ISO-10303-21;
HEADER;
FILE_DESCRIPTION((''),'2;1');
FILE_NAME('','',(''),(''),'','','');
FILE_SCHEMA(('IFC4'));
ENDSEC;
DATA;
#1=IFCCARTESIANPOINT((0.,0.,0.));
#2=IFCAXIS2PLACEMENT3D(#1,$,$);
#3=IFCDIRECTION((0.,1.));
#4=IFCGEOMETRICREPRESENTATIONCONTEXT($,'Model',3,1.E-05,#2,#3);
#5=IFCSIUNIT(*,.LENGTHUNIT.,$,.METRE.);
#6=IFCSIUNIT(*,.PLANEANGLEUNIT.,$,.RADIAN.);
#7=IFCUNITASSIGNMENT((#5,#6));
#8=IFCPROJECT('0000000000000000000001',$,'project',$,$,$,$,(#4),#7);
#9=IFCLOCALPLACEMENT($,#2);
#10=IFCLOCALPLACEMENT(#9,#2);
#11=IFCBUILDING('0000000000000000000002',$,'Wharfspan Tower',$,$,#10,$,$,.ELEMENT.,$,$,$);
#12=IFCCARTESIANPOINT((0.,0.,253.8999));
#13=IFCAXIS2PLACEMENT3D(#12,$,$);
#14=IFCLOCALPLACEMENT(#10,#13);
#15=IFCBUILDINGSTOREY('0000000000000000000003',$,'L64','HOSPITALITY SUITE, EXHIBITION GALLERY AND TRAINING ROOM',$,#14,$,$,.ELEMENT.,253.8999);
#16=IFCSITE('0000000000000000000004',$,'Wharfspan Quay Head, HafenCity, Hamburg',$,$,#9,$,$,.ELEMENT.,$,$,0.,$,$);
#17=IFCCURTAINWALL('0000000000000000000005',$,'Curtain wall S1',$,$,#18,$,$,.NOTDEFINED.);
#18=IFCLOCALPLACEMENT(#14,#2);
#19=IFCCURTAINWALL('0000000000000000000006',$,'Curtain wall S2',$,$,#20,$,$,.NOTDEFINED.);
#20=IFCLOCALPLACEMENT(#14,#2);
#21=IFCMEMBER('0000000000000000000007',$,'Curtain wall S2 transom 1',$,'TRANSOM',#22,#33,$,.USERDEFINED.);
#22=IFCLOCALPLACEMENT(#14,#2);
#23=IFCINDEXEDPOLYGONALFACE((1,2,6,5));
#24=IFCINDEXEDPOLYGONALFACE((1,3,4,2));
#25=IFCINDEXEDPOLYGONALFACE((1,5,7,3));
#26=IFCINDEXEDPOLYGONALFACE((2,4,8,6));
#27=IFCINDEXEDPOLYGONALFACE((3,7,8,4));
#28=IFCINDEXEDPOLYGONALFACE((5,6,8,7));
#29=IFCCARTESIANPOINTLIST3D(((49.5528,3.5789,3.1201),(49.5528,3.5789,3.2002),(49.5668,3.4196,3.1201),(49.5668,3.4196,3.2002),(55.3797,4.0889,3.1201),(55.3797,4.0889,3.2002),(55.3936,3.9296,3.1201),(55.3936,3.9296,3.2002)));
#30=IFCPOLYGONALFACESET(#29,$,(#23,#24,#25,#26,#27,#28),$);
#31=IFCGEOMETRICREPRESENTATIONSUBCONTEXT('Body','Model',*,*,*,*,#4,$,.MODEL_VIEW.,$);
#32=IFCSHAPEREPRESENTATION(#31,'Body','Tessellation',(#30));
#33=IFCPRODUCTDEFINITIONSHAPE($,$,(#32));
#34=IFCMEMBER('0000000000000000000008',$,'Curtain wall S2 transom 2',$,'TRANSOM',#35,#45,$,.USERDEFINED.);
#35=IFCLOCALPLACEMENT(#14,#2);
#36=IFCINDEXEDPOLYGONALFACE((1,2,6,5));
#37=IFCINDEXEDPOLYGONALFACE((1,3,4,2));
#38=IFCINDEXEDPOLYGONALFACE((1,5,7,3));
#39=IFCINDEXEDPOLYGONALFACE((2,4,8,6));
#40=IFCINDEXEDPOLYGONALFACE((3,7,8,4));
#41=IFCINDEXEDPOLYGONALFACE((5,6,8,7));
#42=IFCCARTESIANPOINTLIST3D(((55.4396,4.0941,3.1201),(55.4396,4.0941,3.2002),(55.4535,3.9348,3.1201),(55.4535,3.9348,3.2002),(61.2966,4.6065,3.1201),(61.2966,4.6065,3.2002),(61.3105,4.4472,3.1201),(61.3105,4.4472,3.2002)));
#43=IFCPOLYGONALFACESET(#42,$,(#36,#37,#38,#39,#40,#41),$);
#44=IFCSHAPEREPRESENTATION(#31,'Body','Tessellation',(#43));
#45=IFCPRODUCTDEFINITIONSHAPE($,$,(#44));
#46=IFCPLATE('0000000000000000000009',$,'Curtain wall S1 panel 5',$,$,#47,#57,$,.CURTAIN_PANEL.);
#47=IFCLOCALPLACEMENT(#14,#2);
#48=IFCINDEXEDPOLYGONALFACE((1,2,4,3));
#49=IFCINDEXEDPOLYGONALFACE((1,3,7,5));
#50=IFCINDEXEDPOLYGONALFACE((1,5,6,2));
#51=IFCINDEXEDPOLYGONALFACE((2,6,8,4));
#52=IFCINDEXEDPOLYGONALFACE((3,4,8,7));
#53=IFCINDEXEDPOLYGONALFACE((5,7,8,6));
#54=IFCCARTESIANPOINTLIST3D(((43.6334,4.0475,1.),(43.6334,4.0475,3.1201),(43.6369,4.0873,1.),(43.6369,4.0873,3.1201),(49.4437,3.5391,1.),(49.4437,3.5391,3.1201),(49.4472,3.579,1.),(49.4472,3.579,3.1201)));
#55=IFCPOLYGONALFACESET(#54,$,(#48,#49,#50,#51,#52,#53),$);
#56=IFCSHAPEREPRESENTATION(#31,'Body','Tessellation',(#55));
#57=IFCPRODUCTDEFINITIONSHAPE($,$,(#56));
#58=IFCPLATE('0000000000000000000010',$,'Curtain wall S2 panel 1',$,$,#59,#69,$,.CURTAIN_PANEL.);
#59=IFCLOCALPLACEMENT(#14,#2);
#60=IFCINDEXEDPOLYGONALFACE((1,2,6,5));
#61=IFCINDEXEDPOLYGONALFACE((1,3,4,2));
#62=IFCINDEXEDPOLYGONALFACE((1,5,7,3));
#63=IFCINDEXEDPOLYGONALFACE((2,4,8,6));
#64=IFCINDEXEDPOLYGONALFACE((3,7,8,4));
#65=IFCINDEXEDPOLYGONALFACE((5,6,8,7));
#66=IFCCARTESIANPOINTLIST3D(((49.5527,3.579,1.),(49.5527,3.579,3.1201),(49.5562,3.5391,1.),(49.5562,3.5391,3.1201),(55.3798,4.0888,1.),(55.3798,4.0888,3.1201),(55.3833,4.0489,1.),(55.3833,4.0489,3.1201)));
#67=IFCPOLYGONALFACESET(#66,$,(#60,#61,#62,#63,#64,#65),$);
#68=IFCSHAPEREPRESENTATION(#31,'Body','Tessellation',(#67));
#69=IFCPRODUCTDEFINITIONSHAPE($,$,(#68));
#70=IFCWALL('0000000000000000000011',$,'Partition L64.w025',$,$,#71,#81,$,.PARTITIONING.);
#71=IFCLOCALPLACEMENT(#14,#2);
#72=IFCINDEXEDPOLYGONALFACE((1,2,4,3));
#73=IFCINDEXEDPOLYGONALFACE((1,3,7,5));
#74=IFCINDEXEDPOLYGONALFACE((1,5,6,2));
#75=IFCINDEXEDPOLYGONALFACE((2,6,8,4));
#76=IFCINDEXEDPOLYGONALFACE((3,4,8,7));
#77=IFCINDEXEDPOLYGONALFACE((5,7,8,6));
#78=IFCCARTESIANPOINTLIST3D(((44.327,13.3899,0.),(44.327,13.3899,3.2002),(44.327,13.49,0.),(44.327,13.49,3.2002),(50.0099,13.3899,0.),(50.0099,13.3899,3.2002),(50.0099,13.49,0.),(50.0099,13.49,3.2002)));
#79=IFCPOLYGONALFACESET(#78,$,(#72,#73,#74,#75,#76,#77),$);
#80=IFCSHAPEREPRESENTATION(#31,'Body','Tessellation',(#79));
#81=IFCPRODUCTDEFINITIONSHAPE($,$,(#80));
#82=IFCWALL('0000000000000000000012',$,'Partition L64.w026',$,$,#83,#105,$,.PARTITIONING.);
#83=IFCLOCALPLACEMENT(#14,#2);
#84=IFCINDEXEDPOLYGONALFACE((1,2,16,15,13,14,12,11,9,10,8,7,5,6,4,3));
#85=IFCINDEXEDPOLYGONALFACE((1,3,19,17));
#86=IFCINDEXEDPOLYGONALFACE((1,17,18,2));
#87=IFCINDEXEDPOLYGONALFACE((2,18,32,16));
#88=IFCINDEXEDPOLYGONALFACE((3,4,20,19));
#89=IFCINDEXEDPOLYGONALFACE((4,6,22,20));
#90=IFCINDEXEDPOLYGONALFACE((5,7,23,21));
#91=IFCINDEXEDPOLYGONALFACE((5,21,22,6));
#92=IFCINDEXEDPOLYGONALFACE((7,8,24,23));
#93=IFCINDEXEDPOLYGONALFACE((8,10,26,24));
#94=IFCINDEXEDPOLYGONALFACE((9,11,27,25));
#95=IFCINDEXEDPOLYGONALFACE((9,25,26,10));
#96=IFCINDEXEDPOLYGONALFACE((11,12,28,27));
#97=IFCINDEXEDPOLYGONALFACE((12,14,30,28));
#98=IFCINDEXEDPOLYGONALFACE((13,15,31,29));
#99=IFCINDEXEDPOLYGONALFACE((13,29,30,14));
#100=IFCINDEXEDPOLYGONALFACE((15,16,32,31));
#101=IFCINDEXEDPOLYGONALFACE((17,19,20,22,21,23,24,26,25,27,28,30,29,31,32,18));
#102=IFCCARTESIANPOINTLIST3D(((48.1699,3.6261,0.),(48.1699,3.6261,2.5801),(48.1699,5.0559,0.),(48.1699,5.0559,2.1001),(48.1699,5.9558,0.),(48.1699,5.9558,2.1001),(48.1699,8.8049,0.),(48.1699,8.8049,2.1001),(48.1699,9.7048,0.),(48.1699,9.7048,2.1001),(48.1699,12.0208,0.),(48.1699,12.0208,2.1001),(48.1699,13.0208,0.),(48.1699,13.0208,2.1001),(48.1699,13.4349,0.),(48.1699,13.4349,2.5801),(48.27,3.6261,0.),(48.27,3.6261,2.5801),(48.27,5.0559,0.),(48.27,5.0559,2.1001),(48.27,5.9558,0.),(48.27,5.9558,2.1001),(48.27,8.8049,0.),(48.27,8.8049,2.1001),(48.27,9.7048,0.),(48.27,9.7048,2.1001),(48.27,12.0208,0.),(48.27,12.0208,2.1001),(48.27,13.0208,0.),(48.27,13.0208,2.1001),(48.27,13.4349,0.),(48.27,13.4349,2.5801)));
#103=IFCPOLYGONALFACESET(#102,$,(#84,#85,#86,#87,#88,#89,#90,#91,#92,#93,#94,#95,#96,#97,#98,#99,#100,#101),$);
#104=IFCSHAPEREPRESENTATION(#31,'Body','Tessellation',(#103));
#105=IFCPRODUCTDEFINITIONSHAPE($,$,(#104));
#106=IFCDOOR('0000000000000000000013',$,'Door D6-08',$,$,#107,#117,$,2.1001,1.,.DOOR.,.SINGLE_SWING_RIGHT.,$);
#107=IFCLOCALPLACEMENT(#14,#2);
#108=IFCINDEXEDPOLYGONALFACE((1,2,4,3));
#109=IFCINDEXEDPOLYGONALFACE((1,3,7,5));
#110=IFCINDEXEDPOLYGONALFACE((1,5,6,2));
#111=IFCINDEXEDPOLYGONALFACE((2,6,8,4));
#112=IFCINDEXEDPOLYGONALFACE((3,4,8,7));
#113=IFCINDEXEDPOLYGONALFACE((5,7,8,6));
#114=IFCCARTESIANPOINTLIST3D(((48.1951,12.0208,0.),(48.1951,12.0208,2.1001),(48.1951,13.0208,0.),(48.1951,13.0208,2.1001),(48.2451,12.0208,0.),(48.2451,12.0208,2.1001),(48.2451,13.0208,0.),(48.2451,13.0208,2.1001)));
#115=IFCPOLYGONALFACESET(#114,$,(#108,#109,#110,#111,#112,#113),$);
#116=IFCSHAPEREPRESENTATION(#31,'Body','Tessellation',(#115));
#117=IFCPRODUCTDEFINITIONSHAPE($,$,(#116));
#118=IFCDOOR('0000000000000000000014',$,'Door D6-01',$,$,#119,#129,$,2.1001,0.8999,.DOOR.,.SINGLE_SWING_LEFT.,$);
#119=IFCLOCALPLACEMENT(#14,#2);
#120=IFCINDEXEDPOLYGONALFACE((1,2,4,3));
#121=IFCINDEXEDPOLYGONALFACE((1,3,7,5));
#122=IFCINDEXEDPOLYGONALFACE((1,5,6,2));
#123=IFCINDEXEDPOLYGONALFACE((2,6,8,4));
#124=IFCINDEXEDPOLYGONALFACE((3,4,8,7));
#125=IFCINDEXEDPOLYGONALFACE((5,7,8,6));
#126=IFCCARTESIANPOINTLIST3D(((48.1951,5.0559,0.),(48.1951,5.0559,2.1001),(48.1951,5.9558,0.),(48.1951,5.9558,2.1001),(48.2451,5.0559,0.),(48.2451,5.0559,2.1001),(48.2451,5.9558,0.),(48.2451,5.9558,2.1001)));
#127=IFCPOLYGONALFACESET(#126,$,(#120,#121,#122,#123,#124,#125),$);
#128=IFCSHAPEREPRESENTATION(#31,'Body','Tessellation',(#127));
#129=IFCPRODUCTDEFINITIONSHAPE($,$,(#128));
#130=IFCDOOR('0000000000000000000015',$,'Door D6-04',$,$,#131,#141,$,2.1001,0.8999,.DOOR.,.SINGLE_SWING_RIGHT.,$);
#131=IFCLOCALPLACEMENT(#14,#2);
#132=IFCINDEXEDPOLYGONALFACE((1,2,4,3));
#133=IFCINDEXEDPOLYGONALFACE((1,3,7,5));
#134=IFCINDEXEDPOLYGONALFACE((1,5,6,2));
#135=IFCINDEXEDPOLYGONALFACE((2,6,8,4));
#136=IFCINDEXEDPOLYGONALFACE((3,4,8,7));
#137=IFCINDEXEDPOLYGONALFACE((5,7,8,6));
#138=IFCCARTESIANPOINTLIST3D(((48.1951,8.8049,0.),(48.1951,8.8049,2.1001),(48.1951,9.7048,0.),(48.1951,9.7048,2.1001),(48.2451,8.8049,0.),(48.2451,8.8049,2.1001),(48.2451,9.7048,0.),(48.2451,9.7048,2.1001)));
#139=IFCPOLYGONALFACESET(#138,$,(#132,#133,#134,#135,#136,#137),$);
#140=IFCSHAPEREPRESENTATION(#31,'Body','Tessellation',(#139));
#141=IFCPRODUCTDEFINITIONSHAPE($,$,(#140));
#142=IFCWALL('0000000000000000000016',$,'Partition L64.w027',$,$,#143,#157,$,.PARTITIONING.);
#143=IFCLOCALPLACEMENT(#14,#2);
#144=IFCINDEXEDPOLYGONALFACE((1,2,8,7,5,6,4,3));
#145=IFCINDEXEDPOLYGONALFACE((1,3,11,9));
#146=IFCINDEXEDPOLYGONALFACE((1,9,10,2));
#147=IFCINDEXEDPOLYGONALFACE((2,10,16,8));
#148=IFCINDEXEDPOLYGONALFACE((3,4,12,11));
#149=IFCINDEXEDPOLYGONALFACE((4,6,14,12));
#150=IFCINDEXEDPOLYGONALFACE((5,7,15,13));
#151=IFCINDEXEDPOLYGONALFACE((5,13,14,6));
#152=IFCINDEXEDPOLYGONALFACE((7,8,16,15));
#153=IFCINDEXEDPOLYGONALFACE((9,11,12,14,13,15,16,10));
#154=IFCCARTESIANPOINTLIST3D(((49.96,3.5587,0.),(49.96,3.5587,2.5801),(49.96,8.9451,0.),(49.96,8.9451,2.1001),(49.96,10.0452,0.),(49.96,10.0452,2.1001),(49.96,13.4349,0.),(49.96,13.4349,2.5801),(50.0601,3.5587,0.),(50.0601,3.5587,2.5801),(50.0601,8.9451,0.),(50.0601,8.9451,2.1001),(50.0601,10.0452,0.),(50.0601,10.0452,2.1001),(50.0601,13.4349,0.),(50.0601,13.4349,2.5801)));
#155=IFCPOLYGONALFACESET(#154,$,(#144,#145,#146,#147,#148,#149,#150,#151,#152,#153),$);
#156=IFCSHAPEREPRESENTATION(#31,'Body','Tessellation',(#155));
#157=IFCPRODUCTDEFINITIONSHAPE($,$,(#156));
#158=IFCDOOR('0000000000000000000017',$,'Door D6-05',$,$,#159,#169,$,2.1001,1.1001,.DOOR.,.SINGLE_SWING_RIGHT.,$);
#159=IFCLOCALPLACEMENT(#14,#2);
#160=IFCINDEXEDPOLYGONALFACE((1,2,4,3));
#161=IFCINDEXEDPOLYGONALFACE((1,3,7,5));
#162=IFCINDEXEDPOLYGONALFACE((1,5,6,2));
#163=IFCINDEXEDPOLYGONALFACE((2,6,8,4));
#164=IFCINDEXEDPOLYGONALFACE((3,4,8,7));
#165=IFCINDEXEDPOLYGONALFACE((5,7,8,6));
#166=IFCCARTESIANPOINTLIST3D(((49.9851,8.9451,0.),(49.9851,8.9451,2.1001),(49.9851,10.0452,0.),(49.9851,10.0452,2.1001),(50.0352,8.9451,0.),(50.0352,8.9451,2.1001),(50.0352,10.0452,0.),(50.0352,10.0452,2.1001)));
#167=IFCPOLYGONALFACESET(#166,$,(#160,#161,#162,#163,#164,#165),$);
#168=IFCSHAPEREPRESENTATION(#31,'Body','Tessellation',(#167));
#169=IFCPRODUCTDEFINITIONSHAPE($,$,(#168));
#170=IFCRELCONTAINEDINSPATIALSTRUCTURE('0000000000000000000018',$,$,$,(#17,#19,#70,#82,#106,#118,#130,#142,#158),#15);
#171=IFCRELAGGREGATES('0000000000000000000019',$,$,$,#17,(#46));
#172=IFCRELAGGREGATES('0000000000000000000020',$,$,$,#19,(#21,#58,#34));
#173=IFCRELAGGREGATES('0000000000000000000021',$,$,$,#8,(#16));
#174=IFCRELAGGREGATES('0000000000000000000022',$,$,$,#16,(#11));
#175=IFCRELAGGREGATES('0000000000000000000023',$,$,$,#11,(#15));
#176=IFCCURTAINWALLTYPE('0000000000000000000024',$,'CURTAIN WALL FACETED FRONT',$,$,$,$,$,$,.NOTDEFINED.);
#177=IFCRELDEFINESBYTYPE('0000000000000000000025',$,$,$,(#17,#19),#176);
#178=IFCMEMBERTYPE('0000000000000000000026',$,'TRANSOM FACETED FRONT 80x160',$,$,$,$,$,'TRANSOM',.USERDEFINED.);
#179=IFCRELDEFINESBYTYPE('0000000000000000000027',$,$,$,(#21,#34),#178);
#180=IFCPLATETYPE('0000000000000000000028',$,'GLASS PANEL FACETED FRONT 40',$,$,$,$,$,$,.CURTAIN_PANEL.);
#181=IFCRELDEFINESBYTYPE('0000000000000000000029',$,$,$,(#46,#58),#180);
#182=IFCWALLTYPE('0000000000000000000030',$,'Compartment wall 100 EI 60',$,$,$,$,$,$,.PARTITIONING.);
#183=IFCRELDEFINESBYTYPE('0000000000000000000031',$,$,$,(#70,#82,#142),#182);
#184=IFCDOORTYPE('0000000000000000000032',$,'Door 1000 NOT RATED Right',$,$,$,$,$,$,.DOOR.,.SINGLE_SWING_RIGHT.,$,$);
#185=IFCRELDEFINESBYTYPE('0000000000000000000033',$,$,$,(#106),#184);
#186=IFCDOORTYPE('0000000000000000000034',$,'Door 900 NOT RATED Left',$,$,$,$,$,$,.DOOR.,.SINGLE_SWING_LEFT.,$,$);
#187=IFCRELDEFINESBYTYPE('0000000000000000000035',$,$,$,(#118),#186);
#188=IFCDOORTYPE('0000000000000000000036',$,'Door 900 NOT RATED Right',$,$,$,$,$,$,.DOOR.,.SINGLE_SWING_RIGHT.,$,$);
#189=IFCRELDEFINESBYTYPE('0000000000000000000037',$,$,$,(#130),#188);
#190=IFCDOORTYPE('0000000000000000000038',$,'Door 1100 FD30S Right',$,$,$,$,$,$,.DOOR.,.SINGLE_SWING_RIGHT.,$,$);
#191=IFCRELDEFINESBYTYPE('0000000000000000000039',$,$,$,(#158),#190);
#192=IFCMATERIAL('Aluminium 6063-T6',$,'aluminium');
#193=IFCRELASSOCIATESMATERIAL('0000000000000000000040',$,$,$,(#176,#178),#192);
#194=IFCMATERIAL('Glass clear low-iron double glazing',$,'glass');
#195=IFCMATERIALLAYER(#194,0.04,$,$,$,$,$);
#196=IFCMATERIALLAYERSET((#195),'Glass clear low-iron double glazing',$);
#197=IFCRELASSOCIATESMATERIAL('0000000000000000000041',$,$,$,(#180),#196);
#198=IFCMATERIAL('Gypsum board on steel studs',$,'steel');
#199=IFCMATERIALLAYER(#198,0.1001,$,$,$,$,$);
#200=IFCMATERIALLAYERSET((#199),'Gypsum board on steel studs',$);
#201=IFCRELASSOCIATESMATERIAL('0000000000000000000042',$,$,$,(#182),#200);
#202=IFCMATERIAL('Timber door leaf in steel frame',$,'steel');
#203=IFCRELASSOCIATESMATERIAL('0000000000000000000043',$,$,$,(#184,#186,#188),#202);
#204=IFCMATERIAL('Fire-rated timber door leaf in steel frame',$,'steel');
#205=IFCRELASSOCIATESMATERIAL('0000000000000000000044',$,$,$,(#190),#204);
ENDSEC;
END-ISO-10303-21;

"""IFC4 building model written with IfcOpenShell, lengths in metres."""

from ifc_helpers import new_model, si_unit, direction, frame, frame_2d, origin, origin_2d, place, context, subcontext, project, spatial, rectangle, extrude, material, layer, layer_set, material_profile, profile_set, type_object, element, fill, aggregate, save


model = new_model("IFC4")

# Units and contexts
model_context = context("Model", 3, precision=1e-05, world=origin(), true_north=direction((0.0, 1.0)))
body_context = subcontext(model_context, "Body", "Model", "MODEL_VIEW")
ifc_project = project(units=[si_unit("LENGTHUNIT", "METRE"), si_unit("PLANEANGLEUNIT", "RADIAN")], contexts=[model_context])

# Site, building, storey
site_placement = place(None, origin())
site = spatial("IfcSite", under=ifc_project, at=site_placement, Name="Wharfspan Quay Head, HafenCity, Hamburg", CompositionType="ELEMENT", RefElevation=0.0)
building_placement = place(site_placement, origin())
building = spatial("IfcBuilding", under=site, at=building_placement, Name="Wharfspan Tower", CompositionType="ELEMENT")
storey_placement = place(building_placement, frame((0.0, 0.0, 253.8999)))
storey = spatial("IfcBuildingStorey", under=building, at=storey_placement, Name="L64", Description="HOSPITALITY SUITE, EXHIBITION GALLERY AND TRAINING ROOM", CompositionType="ELEMENT", Elevation=253.8999)

# Curtain wall
ifc_material_1 = material(Name="Aluminium 6063-T6", Category="aluminium")
curtain_wall_type = type_object("IfcCurtainWallType", Name="CURTAIN WALL FACETED FRONT", PredefinedType="NOTDEFINED", material=ifc_material_1)
curtain_wall_1_placement = place(storey_placement, origin())
curtain_wall_1 = element("IfcCurtainWall", 1, at=curtain_wall_1_placement, inside=storey, type_object=curtain_wall_type, Name="Curtain wall S1", PredefinedType="NOTDEFINED")

# Curtain wall, members
curtain_wall_2_placement = place(storey_placement, origin())
curtain_wall_2 = element("IfcCurtainWall", 2, at=curtain_wall_2_placement, inside=storey, type_object=curtain_wall_type, Name="Curtain wall S2", PredefinedType="NOTDEFINED")
ifc_material_profile_1 = material_profile(ifc_material_1, rectangle(XDim=0.1599, YDim=0.0801, at=origin_2d()))
ifc_profile_set_1 = profile_set([ifc_material_profile_1], Name="Aluminium 6063-T6")
member_type_1 = type_object("IfcMemberType", Name="TRANSOM FACETED FRONT 80x160", ElementType="TRANSOM", PredefinedType="USERDEFINED", material=ifc_profile_set_1)
member_1_placement = place(storey_placement, frame((49.5598, 3.4993, 3.1602), z_axis=(0.996191, 0.087193, 0.0), x_axis=(-0.087193, 0.996191, 0.0)))
member_1 = element("IfcMember", 3, at=member_1_placement, type_object=member_type_1, Name="Curtain wall S2 transom 1", ObjectType="TRANSOM", PredefinedType="USERDEFINED", context=body_context, shape_type="SweptSolid", body=[
    extrude(rectangle(XDim=0.1599, YDim=0.0801, at=origin_2d()), origin(), (0.0, 0.0, 1.0), 5.8491),
])
member_2_placement = place(storey_placement, frame((55.4465, 4.0144, 3.1602), z_axis=(0.996194, 0.087162, 0.0), x_axis=(-0.087162, 0.996194, 0.0)))
member_2 = element("IfcMember", 4, at=member_2_placement, type_object=member_type_1, Name="Curtain wall S2 transom 2", ObjectType="TRANSOM", PredefinedType="USERDEFINED", context=body_context, shape_type="SweptSolid", body=[
    extrude(rectangle(XDim=0.1599, YDim=0.0801, at=origin_2d()), origin(), (0.0, 0.0, 1.0), 5.8794),
])

# Plates
ifc_material_2 = material(Name="Glass clear low-iron double glazing", Category="glass")
ifc_layer_1 = layer(ifc_material_2, 0.04)
ifc_layer_set_1 = layer_set([ifc_layer_1], Name="Glass clear low-iron double glazing")
plate_type = type_object("IfcPlateType", Name="GLASS PANEL FACETED FRONT 40", PredefinedType="CURTAIN_PANEL", material=ifc_layer_set_1)
plate_1_placement = place(storey_placement, frame((46.5403, 3.8132, 1.0), z_axis=(0.0, 0.0, 1.0), x_axis=(0.996197, -0.087156, 0.0)))
plate_1 = element("IfcPlate", 5, at=plate_1_placement, type_object=plate_type, Name="Curtain wall S1 panel 5", PredefinedType="CURTAIN_PANEL", context=body_context, shape_type="SweptSolid", body=[
    extrude(rectangle(XDim=5.8325, YDim=0.04, at=origin_2d()), origin(), (0.0, 0.0, 1.0), 2.1201),
])
aggregate(curtain_wall_1, [plate_1])
plate_2_placement = place(storey_placement, frame((52.468, 3.814, 1.0), z_axis=(0.0, 0.0, 1.0), x_axis=(0.996197, 0.087156, 0.0)))
plate_2 = element("IfcPlate", 6, at=plate_2_placement, type_object=plate_type, Name="Curtain wall S2 panel 1", PredefinedType="CURTAIN_PANEL", context=body_context, shape_type="SweptSolid", body=[
    extrude(rectangle(XDim=5.8494, YDim=0.04, at=origin_2d()), origin(), (0.0, 0.0, 1.0), 2.1201),
])
aggregate(curtain_wall_2, [member_1, plate_2, member_2])

# Wall
ifc_material_3 = material(Name="Gypsum board on steel studs", Category="steel")
ifc_layer_2 = layer(ifc_material_3, 0.1001)
ifc_layer_set_2 = layer_set([ifc_layer_2], Name="Gypsum board on steel studs")
wall_type_1 = type_object("IfcWallType", Name="Compartment wall 100 EI 60", PredefinedType="PARTITIONING", material=ifc_layer_set_2)
wall_1_placement = place(storey_placement, frame((44.3271, 13.4399, 0.0), z_axis=(0.0, 0.0, 1.0), x_axis=(1.0, 0.0, 0.0)))
element("IfcWall", 7, at=wall_1_placement, inside=storey, type_object=wall_type_1, Name="Partition L64.w025", PredefinedType="PARTITIONING", context=body_context, shape_type="SweptSolid", body=[
    extrude(rectangle(XDim=5.6829, YDim=0.1001, at=frame_2d((2.8413, 0.0))), origin(), (0.0, 0.0, 1.0), 3.2002),
])

# Wall, openings, doors
wall_2_placement = place(storey_placement, frame((48.22, 3.6262, 0.0), z_axis=(0.0, 0.0, 1.0), x_axis=(0.0, 1.0, 0.0)))
wall_2 = element("IfcWall", 8, at=wall_2_placement, inside=storey, type_object=wall_type_1, Name="Partition L64.w026", PredefinedType="PARTITIONING", context=body_context, shape_type="SweptSolid", body=[
    extrude(rectangle(XDim=9.8088, YDim=0.1001, at=frame_2d((4.9043, 0.0))), origin(), (0.0, 0.0, 1.0), 2.5801),
])
opening_1_placement = place(wall_2_placement, frame((1.4297, 0.0, 0.0)))
opening_1 = element("IfcOpeningElement", 9, at=opening_1_placement, cuts=wall_2, PredefinedType="OPENING", context=body_context, shape_type="SweptSolid", body=[
    extrude(rectangle(XDim=0.8999, YDim=2.1001, at=frame_2d((0.45, 1.05))), frame((0.0, 0.0601, 0.0), z_axis=(0.0, -1.0, 0.0), x_axis=(1.0, 0.0, 0.0)), (0.0, 0.0, 1.0), 0.1201),
])
opening_2_placement = place(wall_2_placement, frame((5.1787, 0.0, 0.0)))
opening_2 = element("IfcOpeningElement", 10, at=opening_2_placement, cuts=wall_2, PredefinedType="OPENING", context=body_context, shape_type="SweptSolid", body=[
    extrude(rectangle(XDim=0.8999, YDim=2.1001, at=frame_2d((0.45, 1.05))), frame((0.0, 0.0601, 0.0), z_axis=(0.0, -1.0, 0.0), x_axis=(1.0, 0.0, 0.0)), (0.0, 0.0, 1.0), 0.1201),
])
opening_3_placement = place(wall_2_placement, frame((8.3945, 0.0, 0.0)))
opening_3 = element("IfcOpeningElement", 11, at=opening_3_placement, cuts=wall_2, PredefinedType="OPENING", context=body_context, shape_type="SweptSolid", body=[
    extrude(rectangle(XDim=1.0, YDim=2.1001, at=frame_2d((0.5, 1.05))), frame((0.0, 0.0601, 0.0), z_axis=(0.0, -1.0, 0.0), x_axis=(1.0, 0.0, 0.0)), (0.0, 0.0, 1.0), 0.1201),
])
ifc_material_4 = material(Name="Timber door leaf in steel frame", Category="steel")
door_type_1 = type_object("IfcDoorType", Name="Door 1000 NOT RATED Right", OperationType="SINGLE_SWING_RIGHT", PredefinedType="DOOR", material=ifc_material_4)
door_1_placement = place(opening_3_placement, origin())
door_1 = element("IfcDoor", 12, at=door_1_placement, inside=storey, type_object=door_type_1, Name="Door D6-08", OperationType="SINGLE_SWING_RIGHT", OverallHeight=2.1001, OverallWidth=1.0, PredefinedType="DOOR", context=body_context, shape_type="SweptSolid", body=[
    extrude(rectangle(XDim=1.0, YDim=2.1001, at=frame_2d((0.5, 1.05))), frame((0.0, 0.0249, 0.0), z_axis=(0.0, -1.0, 0.0), x_axis=(1.0, 0.0, 0.0)), (0.0, 0.0, 1.0), 0.05),
])
fill(opening_3, door_1)
door_type_2 = type_object("IfcDoorType", Name="Door 900 NOT RATED Left", OperationType="SINGLE_SWING_LEFT", PredefinedType="DOOR", material=ifc_material_4)
door_2_placement = place(opening_1_placement, origin())
door_2 = element("IfcDoor", 13, at=door_2_placement, inside=storey, type_object=door_type_2, Name="Door D6-01", OperationType="SINGLE_SWING_LEFT", OverallHeight=2.1001, OverallWidth=0.8999, PredefinedType="DOOR", context=body_context, shape_type="SweptSolid", body=[
    extrude(rectangle(XDim=0.8999, YDim=2.1001, at=frame_2d((0.45, 1.05))), frame((0.0, 0.0249, 0.0), z_axis=(0.0, -1.0, 0.0), x_axis=(1.0, 0.0, 0.0)), (0.0, 0.0, 1.0), 0.05),
])
fill(opening_1, door_2)
door_type_3 = type_object("IfcDoorType", Name="Door 900 NOT RATED Right", OperationType="SINGLE_SWING_RIGHT", PredefinedType="DOOR", material=ifc_material_4)
door_3_placement = place(opening_2_placement, origin())
door_3 = element("IfcDoor", 14, at=door_3_placement, inside=storey, type_object=door_type_3, Name="Door D6-04", OperationType="SINGLE_SWING_RIGHT", OverallHeight=2.1001, OverallWidth=0.8999, PredefinedType="DOOR", context=body_context, shape_type="SweptSolid", body=[
    extrude(rectangle(XDim=0.8999, YDim=2.1001, at=frame_2d((0.45, 1.05))), frame((0.0, 0.0249, 0.0), z_axis=(0.0, -1.0, 0.0), x_axis=(1.0, 0.0, 0.0)), (0.0, 0.0, 1.0), 0.05),
])
fill(opening_2, door_3)

# Wall, opening, door
wall_3_placement = place(storey_placement, frame((50.01, 3.5588, 0.0), z_axis=(0.0, 0.0, 1.0), x_axis=(0.0, 1.0, 0.0)))
wall_3 = element("IfcWall", 15, at=wall_3_placement, inside=storey, type_object=wall_type_1, Name="Partition L64.w027", PredefinedType="PARTITIONING", context=body_context, shape_type="SweptSolid", body=[
    extrude(rectangle(XDim=9.8762, YDim=0.1001, at=frame_2d((4.938, 0.0))), origin(), (0.0, 0.0, 1.0), 2.5801),
])
opening_4_placement = place(wall_3_placement, frame((5.3862, 0.0, 0.0)))
opening_4 = element("IfcOpeningElement", 16, at=opening_4_placement, cuts=wall_3, PredefinedType="OPENING", context=body_context, shape_type="SweptSolid", body=[
    extrude(rectangle(XDim=1.1001, YDim=2.1001, at=frame_2d((0.55, 1.05))), frame((0.0, 0.0601, 0.0), z_axis=(0.0, -1.0, 0.0), x_axis=(1.0, 0.0, 0.0)), (0.0, 0.0, 1.0), 0.1201),
])
ifc_material_5 = material(Name="Fire-rated timber door leaf in steel frame", Category="steel")
door_type_4 = type_object("IfcDoorType", Name="Door 1100 FD30S Right", OperationType="SINGLE_SWING_RIGHT", PredefinedType="DOOR", material=ifc_material_5)
door_4_placement = place(opening_4_placement, origin())
door_4 = element("IfcDoor", 17, at=door_4_placement, inside=storey, type_object=door_type_4, Name="Door D6-05", OperationType="SINGLE_SWING_RIGHT", OverallHeight=2.1001, OverallWidth=1.1001, PredefinedType="DOOR", context=body_context, shape_type="SweptSolid", body=[
    extrude(rectangle(XDim=1.1001, YDim=2.1001, at=frame_2d((0.55, 1.05))), frame((0.0, 0.0249, 0.0), z_axis=(0.0, -1.0, 0.0), x_axis=(1.0, 0.0, 0.0)), (0.0, 0.0, 1.0), 0.05),
])
fill(opening_4, door_4)

save(model, "model.ifc")
